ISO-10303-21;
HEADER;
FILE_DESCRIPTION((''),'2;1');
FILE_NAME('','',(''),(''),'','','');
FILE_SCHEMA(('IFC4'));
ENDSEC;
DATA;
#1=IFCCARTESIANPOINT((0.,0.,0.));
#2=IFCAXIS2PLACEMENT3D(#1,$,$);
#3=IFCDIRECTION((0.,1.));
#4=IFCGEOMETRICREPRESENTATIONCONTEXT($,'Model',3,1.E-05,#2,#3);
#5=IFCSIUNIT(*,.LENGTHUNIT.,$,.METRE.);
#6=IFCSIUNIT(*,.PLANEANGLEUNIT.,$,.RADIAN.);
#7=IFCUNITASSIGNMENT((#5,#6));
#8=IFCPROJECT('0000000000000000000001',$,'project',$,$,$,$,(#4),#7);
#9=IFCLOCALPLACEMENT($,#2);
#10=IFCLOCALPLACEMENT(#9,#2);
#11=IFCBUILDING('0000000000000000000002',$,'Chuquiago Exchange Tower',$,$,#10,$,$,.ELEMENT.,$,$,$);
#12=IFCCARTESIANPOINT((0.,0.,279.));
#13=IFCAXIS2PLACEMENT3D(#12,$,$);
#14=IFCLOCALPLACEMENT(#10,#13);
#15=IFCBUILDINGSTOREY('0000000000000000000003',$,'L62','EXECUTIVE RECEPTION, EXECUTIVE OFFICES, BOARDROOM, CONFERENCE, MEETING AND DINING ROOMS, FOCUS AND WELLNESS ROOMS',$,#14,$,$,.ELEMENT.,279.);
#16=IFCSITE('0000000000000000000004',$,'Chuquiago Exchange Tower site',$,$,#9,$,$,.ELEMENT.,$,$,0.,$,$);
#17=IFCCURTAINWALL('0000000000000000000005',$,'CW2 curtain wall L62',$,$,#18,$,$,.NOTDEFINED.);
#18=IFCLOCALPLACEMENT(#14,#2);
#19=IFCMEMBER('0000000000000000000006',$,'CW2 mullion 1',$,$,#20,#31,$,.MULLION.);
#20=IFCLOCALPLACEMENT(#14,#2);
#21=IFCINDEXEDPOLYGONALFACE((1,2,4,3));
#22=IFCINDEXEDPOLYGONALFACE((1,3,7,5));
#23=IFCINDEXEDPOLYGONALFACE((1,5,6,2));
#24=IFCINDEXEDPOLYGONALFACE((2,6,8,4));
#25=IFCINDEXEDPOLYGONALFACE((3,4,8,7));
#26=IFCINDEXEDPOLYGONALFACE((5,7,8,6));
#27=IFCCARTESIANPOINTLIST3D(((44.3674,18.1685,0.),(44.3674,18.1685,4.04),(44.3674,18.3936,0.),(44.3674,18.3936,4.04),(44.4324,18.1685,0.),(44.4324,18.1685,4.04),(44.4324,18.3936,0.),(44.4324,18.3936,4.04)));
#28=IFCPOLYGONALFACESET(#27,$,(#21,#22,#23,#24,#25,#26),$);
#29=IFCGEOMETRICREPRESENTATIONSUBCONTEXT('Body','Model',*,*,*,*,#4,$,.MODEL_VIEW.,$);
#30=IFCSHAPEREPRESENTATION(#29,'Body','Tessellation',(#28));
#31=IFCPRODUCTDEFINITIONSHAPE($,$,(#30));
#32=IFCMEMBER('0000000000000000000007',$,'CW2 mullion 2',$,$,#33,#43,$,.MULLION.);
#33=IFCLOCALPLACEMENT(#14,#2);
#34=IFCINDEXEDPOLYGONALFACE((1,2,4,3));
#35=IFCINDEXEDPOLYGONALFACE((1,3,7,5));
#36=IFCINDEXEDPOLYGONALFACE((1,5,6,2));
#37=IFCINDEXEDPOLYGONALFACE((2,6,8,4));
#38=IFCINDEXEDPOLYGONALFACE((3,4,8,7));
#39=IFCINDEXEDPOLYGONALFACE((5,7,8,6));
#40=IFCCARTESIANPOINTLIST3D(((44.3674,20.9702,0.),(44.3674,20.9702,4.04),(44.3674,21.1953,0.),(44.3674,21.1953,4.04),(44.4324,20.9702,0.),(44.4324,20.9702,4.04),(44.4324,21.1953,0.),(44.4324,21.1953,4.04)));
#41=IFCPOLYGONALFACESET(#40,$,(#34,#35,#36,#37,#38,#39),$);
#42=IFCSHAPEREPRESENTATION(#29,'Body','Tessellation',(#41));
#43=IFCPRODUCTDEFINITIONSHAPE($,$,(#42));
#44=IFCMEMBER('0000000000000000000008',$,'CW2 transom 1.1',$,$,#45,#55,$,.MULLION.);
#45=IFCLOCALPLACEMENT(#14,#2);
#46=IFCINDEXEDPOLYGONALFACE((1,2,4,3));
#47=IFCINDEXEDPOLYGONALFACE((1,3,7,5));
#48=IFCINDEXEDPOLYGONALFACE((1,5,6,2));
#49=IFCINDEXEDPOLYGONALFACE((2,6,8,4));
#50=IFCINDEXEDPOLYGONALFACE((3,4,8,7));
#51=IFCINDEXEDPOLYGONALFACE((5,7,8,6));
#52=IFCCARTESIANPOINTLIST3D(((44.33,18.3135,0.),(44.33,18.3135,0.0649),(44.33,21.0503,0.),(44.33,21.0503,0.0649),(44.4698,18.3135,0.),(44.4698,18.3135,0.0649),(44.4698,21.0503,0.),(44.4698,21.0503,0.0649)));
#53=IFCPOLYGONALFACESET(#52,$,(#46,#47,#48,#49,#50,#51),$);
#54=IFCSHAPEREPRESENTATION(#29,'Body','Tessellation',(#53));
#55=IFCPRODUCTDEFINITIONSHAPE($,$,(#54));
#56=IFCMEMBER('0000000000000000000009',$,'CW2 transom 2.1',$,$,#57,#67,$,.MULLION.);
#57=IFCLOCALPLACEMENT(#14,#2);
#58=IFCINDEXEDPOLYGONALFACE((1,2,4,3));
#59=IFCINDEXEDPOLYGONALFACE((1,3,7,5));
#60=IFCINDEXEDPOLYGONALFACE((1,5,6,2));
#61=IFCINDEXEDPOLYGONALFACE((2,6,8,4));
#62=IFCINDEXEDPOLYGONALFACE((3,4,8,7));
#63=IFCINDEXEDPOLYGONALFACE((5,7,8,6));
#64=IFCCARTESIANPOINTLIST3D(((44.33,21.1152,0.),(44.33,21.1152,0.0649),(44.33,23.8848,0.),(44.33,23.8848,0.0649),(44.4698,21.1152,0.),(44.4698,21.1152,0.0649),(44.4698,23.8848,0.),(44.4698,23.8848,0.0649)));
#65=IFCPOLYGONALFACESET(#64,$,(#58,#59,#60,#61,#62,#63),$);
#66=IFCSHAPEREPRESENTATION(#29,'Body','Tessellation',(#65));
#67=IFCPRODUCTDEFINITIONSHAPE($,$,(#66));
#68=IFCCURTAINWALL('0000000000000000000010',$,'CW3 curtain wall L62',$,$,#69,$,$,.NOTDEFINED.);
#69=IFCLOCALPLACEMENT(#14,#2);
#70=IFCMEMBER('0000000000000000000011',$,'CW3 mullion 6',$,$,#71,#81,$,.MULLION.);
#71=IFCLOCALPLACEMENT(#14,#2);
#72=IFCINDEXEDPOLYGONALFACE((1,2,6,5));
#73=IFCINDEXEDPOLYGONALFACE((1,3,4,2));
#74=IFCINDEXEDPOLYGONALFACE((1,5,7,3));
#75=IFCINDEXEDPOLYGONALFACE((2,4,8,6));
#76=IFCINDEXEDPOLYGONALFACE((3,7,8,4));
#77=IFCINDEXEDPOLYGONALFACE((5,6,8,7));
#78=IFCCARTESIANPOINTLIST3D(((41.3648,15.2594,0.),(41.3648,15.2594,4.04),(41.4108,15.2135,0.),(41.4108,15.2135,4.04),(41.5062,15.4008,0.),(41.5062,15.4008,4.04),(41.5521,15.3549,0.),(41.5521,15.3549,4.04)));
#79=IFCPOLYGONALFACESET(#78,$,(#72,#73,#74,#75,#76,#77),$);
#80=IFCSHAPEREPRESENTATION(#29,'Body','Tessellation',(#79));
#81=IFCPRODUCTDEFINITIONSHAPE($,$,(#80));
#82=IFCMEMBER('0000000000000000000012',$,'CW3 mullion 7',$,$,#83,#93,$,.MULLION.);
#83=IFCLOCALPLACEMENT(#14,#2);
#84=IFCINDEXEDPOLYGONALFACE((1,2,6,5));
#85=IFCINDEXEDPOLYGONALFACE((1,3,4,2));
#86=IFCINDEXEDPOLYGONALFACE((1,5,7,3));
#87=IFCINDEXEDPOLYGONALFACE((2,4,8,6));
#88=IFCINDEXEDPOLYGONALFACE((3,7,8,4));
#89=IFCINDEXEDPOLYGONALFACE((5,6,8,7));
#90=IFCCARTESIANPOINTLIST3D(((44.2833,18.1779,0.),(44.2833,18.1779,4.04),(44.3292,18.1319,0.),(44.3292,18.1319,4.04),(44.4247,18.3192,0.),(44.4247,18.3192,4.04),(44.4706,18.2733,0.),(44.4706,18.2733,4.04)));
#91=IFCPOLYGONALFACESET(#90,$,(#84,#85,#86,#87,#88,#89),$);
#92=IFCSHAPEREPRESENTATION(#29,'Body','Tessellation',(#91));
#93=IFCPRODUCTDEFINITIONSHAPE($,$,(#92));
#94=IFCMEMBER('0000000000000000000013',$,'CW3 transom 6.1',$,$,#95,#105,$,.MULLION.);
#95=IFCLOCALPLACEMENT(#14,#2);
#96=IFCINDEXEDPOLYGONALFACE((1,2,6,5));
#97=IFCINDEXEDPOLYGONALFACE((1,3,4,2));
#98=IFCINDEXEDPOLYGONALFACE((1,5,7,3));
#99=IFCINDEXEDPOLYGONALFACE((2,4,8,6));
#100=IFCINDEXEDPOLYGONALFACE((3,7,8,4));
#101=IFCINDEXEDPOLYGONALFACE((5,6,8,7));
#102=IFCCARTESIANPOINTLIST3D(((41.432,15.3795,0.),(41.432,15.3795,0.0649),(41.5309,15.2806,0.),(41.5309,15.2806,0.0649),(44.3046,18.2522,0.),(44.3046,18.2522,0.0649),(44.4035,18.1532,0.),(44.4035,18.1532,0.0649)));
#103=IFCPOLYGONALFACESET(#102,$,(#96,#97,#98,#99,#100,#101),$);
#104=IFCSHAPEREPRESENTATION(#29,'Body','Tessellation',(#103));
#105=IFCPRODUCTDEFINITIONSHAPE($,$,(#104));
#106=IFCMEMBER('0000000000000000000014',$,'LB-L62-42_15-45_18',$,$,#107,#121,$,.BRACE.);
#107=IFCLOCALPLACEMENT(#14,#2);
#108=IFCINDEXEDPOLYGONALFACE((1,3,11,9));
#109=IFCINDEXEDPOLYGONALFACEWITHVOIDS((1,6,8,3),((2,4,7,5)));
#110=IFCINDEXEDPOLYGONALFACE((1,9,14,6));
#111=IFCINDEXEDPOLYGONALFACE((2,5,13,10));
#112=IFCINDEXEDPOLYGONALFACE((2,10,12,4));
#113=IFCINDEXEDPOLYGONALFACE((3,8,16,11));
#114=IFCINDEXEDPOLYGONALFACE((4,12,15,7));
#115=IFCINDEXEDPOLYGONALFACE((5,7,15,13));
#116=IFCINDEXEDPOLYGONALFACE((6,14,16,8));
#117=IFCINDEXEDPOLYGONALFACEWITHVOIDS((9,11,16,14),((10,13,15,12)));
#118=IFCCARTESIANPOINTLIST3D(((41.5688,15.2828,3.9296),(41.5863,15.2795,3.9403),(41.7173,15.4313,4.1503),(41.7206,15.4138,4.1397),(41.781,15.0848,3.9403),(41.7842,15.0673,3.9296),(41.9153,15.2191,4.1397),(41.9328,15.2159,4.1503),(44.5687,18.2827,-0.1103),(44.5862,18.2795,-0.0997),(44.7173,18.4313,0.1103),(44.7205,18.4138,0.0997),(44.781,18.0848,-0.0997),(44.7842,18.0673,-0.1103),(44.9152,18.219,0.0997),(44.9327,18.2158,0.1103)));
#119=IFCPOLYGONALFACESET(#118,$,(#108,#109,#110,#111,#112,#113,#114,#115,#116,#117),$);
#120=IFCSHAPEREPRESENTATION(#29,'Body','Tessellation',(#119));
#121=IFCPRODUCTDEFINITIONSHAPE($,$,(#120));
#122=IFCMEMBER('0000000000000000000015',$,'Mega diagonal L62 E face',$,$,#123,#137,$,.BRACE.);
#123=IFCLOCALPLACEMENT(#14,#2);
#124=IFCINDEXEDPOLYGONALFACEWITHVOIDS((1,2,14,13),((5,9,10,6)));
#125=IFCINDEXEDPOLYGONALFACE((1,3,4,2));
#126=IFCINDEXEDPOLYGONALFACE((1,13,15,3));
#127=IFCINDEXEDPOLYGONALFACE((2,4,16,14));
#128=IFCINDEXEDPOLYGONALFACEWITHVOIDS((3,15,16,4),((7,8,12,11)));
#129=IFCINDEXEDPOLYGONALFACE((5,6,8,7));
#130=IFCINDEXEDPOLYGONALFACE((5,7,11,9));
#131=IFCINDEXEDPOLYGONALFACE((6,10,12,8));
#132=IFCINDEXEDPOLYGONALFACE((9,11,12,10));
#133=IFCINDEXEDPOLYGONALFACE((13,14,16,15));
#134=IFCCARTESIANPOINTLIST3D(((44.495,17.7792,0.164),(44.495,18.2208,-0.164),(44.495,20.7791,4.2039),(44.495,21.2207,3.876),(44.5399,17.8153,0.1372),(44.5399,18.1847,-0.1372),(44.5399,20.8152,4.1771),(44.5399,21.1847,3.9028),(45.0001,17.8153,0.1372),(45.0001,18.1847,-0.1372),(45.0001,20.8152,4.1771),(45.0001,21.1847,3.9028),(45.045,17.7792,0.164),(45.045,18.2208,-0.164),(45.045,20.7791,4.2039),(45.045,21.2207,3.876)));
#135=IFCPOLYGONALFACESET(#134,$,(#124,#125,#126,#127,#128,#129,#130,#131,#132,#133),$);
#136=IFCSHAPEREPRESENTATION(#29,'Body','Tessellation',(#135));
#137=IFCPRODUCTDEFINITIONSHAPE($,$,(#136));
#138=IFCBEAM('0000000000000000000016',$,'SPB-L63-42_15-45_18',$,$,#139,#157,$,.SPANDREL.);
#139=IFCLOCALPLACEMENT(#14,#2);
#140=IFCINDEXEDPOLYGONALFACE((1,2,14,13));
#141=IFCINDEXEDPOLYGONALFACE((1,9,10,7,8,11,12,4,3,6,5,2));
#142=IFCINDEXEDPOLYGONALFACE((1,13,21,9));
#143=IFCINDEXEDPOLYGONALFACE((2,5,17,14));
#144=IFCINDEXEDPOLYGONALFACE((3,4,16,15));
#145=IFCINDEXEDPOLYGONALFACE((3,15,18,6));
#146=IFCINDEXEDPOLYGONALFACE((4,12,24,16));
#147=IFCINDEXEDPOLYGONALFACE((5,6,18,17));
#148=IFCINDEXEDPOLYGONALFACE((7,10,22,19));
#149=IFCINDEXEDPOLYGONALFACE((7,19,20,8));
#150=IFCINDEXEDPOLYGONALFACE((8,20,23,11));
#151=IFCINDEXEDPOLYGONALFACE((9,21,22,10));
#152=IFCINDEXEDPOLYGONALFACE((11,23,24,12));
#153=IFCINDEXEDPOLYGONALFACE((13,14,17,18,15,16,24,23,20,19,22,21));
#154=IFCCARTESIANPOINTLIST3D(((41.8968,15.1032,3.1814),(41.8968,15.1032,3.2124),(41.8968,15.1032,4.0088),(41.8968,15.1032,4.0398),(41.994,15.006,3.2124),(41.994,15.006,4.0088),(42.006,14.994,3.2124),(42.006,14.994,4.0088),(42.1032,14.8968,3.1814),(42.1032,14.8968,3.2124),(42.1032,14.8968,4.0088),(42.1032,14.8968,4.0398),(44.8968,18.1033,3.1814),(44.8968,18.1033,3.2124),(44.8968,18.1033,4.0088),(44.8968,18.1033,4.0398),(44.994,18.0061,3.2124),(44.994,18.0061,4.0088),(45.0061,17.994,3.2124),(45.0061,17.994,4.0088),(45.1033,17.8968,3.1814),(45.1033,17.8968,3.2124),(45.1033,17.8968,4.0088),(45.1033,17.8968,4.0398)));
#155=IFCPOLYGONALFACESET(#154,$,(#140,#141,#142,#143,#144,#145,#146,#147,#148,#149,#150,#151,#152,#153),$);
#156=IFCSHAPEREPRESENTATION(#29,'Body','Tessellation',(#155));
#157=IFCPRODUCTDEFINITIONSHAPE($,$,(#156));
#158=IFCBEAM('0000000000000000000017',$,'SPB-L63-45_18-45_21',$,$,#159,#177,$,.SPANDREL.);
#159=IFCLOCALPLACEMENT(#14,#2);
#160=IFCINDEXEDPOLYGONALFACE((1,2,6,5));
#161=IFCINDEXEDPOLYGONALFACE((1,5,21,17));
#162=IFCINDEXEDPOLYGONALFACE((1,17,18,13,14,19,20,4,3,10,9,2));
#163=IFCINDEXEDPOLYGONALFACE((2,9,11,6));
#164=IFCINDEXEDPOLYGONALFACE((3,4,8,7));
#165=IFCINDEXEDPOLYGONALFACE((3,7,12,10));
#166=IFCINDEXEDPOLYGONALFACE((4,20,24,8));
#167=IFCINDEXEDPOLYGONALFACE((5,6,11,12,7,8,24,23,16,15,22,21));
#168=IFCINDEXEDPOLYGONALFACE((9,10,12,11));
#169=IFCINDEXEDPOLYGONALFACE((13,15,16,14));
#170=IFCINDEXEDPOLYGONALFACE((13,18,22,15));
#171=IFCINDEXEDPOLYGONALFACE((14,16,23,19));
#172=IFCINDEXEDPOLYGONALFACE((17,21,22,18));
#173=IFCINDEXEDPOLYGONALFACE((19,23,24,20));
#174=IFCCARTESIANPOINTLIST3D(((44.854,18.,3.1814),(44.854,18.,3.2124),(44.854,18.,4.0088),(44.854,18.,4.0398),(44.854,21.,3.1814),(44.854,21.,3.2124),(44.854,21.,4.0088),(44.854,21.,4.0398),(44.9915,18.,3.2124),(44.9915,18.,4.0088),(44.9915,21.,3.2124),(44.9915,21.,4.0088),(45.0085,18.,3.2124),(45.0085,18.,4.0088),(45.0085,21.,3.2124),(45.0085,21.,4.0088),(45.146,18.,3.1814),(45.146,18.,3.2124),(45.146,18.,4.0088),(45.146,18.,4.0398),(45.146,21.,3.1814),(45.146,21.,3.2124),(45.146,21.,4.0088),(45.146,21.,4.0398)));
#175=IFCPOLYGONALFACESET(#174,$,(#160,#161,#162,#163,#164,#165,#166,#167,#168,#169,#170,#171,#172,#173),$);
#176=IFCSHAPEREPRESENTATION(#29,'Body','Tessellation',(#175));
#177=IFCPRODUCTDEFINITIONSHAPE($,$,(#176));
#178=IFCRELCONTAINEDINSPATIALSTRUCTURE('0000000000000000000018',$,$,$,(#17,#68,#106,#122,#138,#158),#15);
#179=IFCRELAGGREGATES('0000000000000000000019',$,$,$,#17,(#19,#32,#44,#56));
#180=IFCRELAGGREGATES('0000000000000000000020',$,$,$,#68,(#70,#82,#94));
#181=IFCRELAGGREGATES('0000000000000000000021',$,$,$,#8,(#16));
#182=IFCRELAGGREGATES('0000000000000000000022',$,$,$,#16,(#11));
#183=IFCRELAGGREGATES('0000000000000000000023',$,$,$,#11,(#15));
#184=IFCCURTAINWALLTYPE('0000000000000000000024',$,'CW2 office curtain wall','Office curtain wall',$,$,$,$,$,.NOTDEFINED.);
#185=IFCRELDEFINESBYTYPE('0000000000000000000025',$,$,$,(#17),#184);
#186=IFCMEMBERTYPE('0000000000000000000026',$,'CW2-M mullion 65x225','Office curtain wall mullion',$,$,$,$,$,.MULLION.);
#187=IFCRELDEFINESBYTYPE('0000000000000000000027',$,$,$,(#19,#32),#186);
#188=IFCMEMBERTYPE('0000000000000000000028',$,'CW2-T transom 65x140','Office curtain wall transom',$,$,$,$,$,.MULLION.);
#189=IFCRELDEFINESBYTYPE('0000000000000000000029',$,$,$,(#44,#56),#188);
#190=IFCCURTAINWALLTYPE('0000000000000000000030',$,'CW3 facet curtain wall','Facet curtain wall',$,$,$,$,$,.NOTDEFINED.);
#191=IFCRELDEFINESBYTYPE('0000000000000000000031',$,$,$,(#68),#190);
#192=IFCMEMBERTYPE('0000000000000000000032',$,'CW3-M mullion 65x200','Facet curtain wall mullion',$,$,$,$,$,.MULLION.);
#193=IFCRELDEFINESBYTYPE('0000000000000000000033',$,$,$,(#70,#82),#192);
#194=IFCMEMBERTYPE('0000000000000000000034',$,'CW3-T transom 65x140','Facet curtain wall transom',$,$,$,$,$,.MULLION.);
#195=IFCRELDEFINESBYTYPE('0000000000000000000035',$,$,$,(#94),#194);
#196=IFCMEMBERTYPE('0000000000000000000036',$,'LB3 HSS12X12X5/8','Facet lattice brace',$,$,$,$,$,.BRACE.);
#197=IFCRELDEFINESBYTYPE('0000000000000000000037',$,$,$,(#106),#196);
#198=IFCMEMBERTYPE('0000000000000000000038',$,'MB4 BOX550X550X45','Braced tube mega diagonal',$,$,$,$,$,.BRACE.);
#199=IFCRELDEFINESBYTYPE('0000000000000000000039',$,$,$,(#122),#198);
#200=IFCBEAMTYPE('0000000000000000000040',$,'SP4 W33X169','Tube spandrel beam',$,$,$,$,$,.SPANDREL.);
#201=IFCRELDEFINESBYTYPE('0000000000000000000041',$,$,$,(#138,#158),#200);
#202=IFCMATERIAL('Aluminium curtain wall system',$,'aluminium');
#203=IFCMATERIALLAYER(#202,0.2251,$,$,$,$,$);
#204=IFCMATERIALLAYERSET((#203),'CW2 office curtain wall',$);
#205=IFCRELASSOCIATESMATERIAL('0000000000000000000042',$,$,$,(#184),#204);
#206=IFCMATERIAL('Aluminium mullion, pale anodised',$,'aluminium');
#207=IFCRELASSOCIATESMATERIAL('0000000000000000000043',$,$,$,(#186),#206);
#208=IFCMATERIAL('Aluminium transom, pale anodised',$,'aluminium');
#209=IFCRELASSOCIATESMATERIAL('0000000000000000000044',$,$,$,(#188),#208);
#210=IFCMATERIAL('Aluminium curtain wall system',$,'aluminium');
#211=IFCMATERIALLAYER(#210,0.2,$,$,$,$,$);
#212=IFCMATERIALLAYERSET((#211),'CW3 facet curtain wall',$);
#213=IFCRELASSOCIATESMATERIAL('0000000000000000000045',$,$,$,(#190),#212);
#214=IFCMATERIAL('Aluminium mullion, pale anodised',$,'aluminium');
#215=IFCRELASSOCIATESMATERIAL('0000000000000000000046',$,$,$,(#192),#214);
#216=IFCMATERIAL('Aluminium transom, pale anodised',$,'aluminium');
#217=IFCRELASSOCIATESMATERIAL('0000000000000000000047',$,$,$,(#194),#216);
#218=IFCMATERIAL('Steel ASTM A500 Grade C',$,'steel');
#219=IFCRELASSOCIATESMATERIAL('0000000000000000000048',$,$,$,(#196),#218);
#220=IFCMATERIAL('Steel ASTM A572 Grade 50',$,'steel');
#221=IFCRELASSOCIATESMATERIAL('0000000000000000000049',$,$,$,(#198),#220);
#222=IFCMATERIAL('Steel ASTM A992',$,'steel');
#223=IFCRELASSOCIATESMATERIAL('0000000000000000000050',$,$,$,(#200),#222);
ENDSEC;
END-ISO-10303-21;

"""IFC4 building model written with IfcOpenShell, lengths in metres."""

from ifc_helpers import new_model, si_unit, direction, frame, origin, origin_2d, place, context, subcontext, project, spatial, rectangle, hollow_rectangle, i_section, extrude, material, layer, layer_set, material_profile, profile_set, type_object, element, aggregate, save


model = new_model("IFC4")

# Units and contexts
model_context = context("Model", 3, precision=1e-05, world=origin(), true_north=direction((0.0, 1.0)))
body_context = subcontext(model_context, "Body", "Model", "MODEL_VIEW")
ifc_project = project(units=[si_unit("LENGTHUNIT", "METRE"), si_unit("PLANEANGLEUNIT", "RADIAN")], contexts=[model_context])

# Site, building, storey
site_placement = place(None, origin())
site = spatial("IfcSite", under=ifc_project, at=site_placement, Name="Chuquiago Exchange Tower site", CompositionType="ELEMENT", RefElevation=0.0)
building_placement = place(site_placement, origin())
building = spatial("IfcBuilding", under=site, at=building_placement, Name="Chuquiago Exchange Tower", CompositionType="ELEMENT")
storey_placement = place(building_placement, frame((0.0, 0.0, 279.0)))
storey = spatial("IfcBuildingStorey", under=building, at=storey_placement, Name="L62", Description="EXECUTIVE RECEPTION, EXECUTIVE OFFICES, BOARDROOM, CONFERENCE, MEETING AND DINING ROOMS, FOCUS AND WELLNESS ROOMS", CompositionType="ELEMENT", Elevation=279.0)

# Curtain walls, members
ifc_material_1 = material(Name="Aluminium curtain wall system", Category="aluminium")
ifc_layer_1 = layer(ifc_material_1, 0.2251)
ifc_layer_set_1 = layer_set([ifc_layer_1], Name="CW2 office curtain wall")
curtain_wall_type_1 = type_object("IfcCurtainWallType", Name="CW2 office curtain wall", Description="Office curtain wall", PredefinedType="NOTDEFINED", material=ifc_layer_set_1)
curtain_wall_1_placement = place(storey_placement, origin())
curtain_wall_1 = element("IfcCurtainWall", 1, at=curtain_wall_1_placement, inside=storey, type_object=curtain_wall_type_1, Name="CW2 curtain wall L62", PredefinedType="NOTDEFINED")
ifc_material_2 = material(Name="Aluminium mullion, pale anodised", Category="aluminium")
ifc_material_profile_1 = material_profile(ifc_material_2, rectangle(XDim=0.0649, YDim=0.2251, at=origin_2d()), Name="AL 65x225")
ifc_profile_set_1 = profile_set([ifc_material_profile_1], Name="Aluminium mullion, pale anodised")
member_type_1 = type_object("IfcMemberType", Name="CW2-M mullion 65x225", Description="Office curtain wall mullion", PredefinedType="MULLION", material=ifc_profile_set_1)
member_1_placement = place(storey_placement, frame((44.3999, 18.281, 0.0), z_axis=(0.0, 0.0, 1.0), x_axis=(-1.0, 0.0, 0.0)))
member_1 = element("IfcMember", 2, at=member_1_placement, type_object=member_type_1, Name="CW2 mullion 1", PredefinedType="MULLION", context=body_context, shape_type="SweptSolid", body=[
    extrude(rectangle(XDim=0.0649, YDim=0.2251, at=origin_2d()), origin(), (0.0, 0.0, 1.0), 4.04),
])
member_2_placement = place(storey_placement, frame((44.3999, 21.0828, 0.0), z_axis=(0.0, 0.0, 1.0), x_axis=(-1.0, 0.0, 0.0)))
member_2 = element("IfcMember", 3, at=member_2_placement, type_object=member_type_1, Name="CW2 mullion 2", PredefinedType="MULLION", context=body_context, shape_type="SweptSolid", body=[
    extrude(rectangle(XDim=0.0649, YDim=0.2251, at=origin_2d()), origin(), (0.0, 0.0, 1.0), 4.04),
])
ifc_material_3 = material(Name="Aluminium transom, pale anodised", Category="aluminium")
ifc_material_profile_2 = material_profile(ifc_material_3, rectangle(XDim=0.1399, YDim=0.0649, at=origin_2d()), Name="AL 140x65")
ifc_profile_set_2 = profile_set([ifc_material_profile_2], Name="Aluminium transom, pale anodised")
member_type_2 = type_object("IfcMemberType", Name="CW2-T transom 65x140", Description="Office curtain wall transom", PredefinedType="MULLION", material=ifc_profile_set_2)
member_3_placement = place(storey_placement, frame((44.3999, 18.3135, 0.0325), z_axis=(0.0, 1.0, 0.0), x_axis=(-1.0, 0.0, 0.0)))
member_3 = element("IfcMember", 4, at=member_3_placement, type_object=member_type_2, Name="CW2 transom 1.1", PredefinedType="MULLION", context=body_context, shape_type="SweptSolid", body=[
    extrude(rectangle(XDim=0.1399, YDim=0.0649, at=origin_2d()), origin(), (0.0, 0.0, 1.0), 2.7368),
])
member_4_placement = place(storey_placement, frame((44.3999, 21.1152, 0.0325), z_axis=(0.0, 1.0, 0.0), x_axis=(-1.0, 0.0, 0.0)))
member_4 = element("IfcMember", 5, at=member_4_placement, type_object=member_type_2, Name="CW2 transom 2.1", PredefinedType="MULLION", context=body_context, shape_type="SweptSolid", body=[
    extrude(rectangle(XDim=0.1399, YDim=0.0649, at=origin_2d()), origin(), (0.0, 0.0, 1.0), 2.7695),
])
ifc_material_4 = material(Name="Aluminium curtain wall system", Category="aluminium")
ifc_layer_2 = layer(ifc_material_4, 0.2)
ifc_layer_set_2 = layer_set([ifc_layer_2], Name="CW3 facet curtain wall")
curtain_wall_type_2 = type_object("IfcCurtainWallType", Name="CW3 facet curtain wall", Description="Facet curtain wall", PredefinedType="NOTDEFINED", material=ifc_layer_set_2)
curtain_wall_2_placement = place(storey_placement, origin())
curtain_wall_2 = element("IfcCurtainWall", 6, at=curtain_wall_2_placement, inside=storey, type_object=curtain_wall_type_2, Name="CW3 curtain wall L62", PredefinedType="NOTDEFINED")
ifc_material_5 = material(Name="Aluminium mullion, pale anodised", Category="aluminium")
ifc_material_profile_3 = material_profile(ifc_material_5, rectangle(XDim=0.0649, YDim=0.2, at=origin_2d()), Name="AL 65x200")
ifc_profile_set_3 = profile_set([ifc_material_profile_3], Name="Aluminium mullion, pale anodised")
member_type_3 = type_object("IfcMemberType", Name="CW3-M mullion 65x200", Description="Facet curtain wall mullion", PredefinedType="MULLION", material=ifc_profile_set_3)
member_5_placement = place(storey_placement, frame((41.4585, 15.3071, 0.0), z_axis=(0.0, 0.0, 1.0), x_axis=(-0.707107, 0.707107, 0.0)))
member_5 = element("IfcMember", 7, at=member_5_placement, type_object=member_type_3, Name="CW3 mullion 6", PredefinedType="MULLION", context=body_context, shape_type="SweptSolid", body=[
    extrude(rectangle(XDim=0.0649, YDim=0.2, at=origin_2d()), origin(), (0.0, 0.0, 1.0), 4.04),
])
member_6_placement = place(storey_placement, frame((44.377, 18.2256, 0.0), z_axis=(0.0, 0.0, 1.0), x_axis=(-0.707107, 0.707107, 0.0)))
member_6 = element("IfcMember", 8, at=member_6_placement, type_object=member_type_3, Name="CW3 mullion 7", PredefinedType="MULLION", context=body_context, shape_type="SweptSolid", body=[
    extrude(rectangle(XDim=0.0649, YDim=0.2, at=origin_2d()), origin(), (0.0, 0.0, 1.0), 4.04),
])
ifc_material_6 = material(Name="Aluminium transom, pale anodised", Category="aluminium")
ifc_material_profile_4 = material_profile(ifc_material_6, rectangle(XDim=0.1399, YDim=0.0649, at=origin_2d()), Name="AL 140x65")
ifc_profile_set_4 = profile_set([ifc_material_profile_4], Name="Aluminium transom, pale anodised")
member_type_4 = type_object("IfcMemberType", Name="CW3-T transom 65x140", Description="Facet curtain wall transom", PredefinedType="MULLION", material=ifc_profile_set_4)
member_7_placement = place(storey_placement, frame((41.4814, 15.3301, 0.0325), z_axis=(0.707107, 0.707107, 0.0), x_axis=(-0.707107, 0.707107, 0.0)))
member_7 = element("IfcMember", 9, at=member_7_placement, type_object=member_type_4, Name="CW3 transom 6.1", PredefinedType="MULLION", context=body_context, shape_type="SweptSolid", body=[
    extrude(rectangle(XDim=0.1399, YDim=0.0649, at=origin_2d()), origin(), (0.0, 0.0, 1.0), 4.0625),
])

# Members
ifc_material_7 = material(Name="Steel ASTM A500 Grade C", Category="steel")
ifc_material_profile_5 = material_profile(ifc_material_7, hollow_rectangle(XDim=0.3047, YDim=0.3047, WallThickness=0.0146, at=origin_2d()), Name="HSS12X12X5/8")
ifc_profile_set_5 = profile_set([ifc_material_profile_5], Name="Steel ASTM A500 Grade C")
member_type_5 = type_object("IfcMemberType", Name="LB3 HSS12X12X5/8", Description="Facet lattice brace", PredefinedType="BRACE", material=ifc_profile_set_5)
member_8_placement = place(storey_placement, frame((44.7507, 18.2493, 0.0), z_axis=(-0.512077, -0.512077, 0.689604), x_axis=(0.707107, -0.707107, 0.0)))
element("IfcMember", 10, at=member_8_placement, inside=storey, type_object=member_type_5, Name="LB-L62-42_15-45_18", PredefinedType="BRACE", context=body_context, shape_type="SweptSolid", body=[
    extrude(hollow_rectangle(XDim=0.3047, YDim=0.3047, WallThickness=0.0146, at=origin_2d()), origin(), (0.0, 0.0, 1.0), 5.8584),
])
ifc_material_8 = material(Name="Steel ASTM A572 Grade 50", Category="steel")
ifc_material_profile_6 = material_profile(ifc_material_8, hollow_rectangle(XDim=0.55, YDim=0.55, WallThickness=0.0449, at=origin_2d()), Name="BOX550X550X45")
ifc_profile_set_6 = profile_set([ifc_material_profile_6], Name="Steel ASTM A572 Grade 50")
member_type_6 = type_object("IfcMemberType", Name="MB4 BOX550X550X45", Description="Braced tube mega diagonal", PredefinedType="BRACE", material=ifc_profile_set_6)
member_9_placement = place(storey_placement, frame((44.77, 18.0, 0.0), z_axis=(0.0, 0.596174, 0.802855), x_axis=(-1.0, 0.0, 0.0)))
element("IfcMember", 11, at=member_9_placement, inside=storey, type_object=member_type_6, Name="Mega diagonal L62 E face", PredefinedType="BRACE", context=body_context, shape_type="SweptSolid", body=[
    extrude(hollow_rectangle(XDim=0.55, YDim=0.55, WallThickness=0.0449, at=origin_2d()), origin(), (0.0, 0.0, 1.0), 5.032),
])

# Beams
ifc_material_9 = material(Name="Steel ASTM A992", Category="steel")
ifc_material_profile_7 = material_profile(ifc_material_9, i_section(OverallWidth=0.292, OverallDepth=0.8584, WebThickness=0.0171, FlangeThickness=0.031, at=origin_2d()), Name="W33X169")
ifc_profile_set_7 = profile_set([ifc_material_profile_7], Name="Steel ASTM A992")
beam_type_1 = type_object("IfcBeamType", Name="SP4 W33X169", Description="Tube spandrel beam", PredefinedType="SPANDREL", material=ifc_profile_set_7)
beam_1_placement = place(storey_placement, frame((42.0, 15.0, 3.6106), z_axis=(0.707107, 0.707107, 0.0), x_axis=(-0.707107, 0.707107, 0.0)))
element("IfcBeam", 12, at=beam_1_placement, inside=storey, type_object=beam_type_1, Name="SPB-L63-42_15-45_18", PredefinedType="SPANDREL", context=body_context, shape_type="SweptSolid", body=[
    extrude(i_section(OverallWidth=0.292, OverallDepth=0.8584, WebThickness=0.0171, FlangeThickness=0.031, at=origin_2d()), origin(), (0.0, 0.0, 1.0), 4.2427),
])
for number, where, z_axis, x_axis, name in (
    (13, (45.0, 18.0, 3.6106), (0.0, 1.0, 0.0), (-1.0, 0.0, 0.0), "SPB-L63-45_18-45_21"),
):
    element("IfcBeam", number, at=place(storey_placement, frame(where, z_axis=z_axis, x_axis=x_axis)), inside=storey, type_object=beam_type_1, Name=name, PredefinedType="SPANDREL", context=body_context, shape_type="SweptSolid", body=[
        extrude(i_section(OverallWidth=0.292, OverallDepth=0.8584, WebThickness=0.0171, FlangeThickness=0.031, at=origin_2d()), origin(), (0.0, 0.0, 1.0), 3.0),
    ])

aggregate(curtain_wall_1, [member_1, member_2, member_3, member_4])
aggregate(curtain_wall_2, [member_5, member_6, member_7])

save(model, "model.ifc")
